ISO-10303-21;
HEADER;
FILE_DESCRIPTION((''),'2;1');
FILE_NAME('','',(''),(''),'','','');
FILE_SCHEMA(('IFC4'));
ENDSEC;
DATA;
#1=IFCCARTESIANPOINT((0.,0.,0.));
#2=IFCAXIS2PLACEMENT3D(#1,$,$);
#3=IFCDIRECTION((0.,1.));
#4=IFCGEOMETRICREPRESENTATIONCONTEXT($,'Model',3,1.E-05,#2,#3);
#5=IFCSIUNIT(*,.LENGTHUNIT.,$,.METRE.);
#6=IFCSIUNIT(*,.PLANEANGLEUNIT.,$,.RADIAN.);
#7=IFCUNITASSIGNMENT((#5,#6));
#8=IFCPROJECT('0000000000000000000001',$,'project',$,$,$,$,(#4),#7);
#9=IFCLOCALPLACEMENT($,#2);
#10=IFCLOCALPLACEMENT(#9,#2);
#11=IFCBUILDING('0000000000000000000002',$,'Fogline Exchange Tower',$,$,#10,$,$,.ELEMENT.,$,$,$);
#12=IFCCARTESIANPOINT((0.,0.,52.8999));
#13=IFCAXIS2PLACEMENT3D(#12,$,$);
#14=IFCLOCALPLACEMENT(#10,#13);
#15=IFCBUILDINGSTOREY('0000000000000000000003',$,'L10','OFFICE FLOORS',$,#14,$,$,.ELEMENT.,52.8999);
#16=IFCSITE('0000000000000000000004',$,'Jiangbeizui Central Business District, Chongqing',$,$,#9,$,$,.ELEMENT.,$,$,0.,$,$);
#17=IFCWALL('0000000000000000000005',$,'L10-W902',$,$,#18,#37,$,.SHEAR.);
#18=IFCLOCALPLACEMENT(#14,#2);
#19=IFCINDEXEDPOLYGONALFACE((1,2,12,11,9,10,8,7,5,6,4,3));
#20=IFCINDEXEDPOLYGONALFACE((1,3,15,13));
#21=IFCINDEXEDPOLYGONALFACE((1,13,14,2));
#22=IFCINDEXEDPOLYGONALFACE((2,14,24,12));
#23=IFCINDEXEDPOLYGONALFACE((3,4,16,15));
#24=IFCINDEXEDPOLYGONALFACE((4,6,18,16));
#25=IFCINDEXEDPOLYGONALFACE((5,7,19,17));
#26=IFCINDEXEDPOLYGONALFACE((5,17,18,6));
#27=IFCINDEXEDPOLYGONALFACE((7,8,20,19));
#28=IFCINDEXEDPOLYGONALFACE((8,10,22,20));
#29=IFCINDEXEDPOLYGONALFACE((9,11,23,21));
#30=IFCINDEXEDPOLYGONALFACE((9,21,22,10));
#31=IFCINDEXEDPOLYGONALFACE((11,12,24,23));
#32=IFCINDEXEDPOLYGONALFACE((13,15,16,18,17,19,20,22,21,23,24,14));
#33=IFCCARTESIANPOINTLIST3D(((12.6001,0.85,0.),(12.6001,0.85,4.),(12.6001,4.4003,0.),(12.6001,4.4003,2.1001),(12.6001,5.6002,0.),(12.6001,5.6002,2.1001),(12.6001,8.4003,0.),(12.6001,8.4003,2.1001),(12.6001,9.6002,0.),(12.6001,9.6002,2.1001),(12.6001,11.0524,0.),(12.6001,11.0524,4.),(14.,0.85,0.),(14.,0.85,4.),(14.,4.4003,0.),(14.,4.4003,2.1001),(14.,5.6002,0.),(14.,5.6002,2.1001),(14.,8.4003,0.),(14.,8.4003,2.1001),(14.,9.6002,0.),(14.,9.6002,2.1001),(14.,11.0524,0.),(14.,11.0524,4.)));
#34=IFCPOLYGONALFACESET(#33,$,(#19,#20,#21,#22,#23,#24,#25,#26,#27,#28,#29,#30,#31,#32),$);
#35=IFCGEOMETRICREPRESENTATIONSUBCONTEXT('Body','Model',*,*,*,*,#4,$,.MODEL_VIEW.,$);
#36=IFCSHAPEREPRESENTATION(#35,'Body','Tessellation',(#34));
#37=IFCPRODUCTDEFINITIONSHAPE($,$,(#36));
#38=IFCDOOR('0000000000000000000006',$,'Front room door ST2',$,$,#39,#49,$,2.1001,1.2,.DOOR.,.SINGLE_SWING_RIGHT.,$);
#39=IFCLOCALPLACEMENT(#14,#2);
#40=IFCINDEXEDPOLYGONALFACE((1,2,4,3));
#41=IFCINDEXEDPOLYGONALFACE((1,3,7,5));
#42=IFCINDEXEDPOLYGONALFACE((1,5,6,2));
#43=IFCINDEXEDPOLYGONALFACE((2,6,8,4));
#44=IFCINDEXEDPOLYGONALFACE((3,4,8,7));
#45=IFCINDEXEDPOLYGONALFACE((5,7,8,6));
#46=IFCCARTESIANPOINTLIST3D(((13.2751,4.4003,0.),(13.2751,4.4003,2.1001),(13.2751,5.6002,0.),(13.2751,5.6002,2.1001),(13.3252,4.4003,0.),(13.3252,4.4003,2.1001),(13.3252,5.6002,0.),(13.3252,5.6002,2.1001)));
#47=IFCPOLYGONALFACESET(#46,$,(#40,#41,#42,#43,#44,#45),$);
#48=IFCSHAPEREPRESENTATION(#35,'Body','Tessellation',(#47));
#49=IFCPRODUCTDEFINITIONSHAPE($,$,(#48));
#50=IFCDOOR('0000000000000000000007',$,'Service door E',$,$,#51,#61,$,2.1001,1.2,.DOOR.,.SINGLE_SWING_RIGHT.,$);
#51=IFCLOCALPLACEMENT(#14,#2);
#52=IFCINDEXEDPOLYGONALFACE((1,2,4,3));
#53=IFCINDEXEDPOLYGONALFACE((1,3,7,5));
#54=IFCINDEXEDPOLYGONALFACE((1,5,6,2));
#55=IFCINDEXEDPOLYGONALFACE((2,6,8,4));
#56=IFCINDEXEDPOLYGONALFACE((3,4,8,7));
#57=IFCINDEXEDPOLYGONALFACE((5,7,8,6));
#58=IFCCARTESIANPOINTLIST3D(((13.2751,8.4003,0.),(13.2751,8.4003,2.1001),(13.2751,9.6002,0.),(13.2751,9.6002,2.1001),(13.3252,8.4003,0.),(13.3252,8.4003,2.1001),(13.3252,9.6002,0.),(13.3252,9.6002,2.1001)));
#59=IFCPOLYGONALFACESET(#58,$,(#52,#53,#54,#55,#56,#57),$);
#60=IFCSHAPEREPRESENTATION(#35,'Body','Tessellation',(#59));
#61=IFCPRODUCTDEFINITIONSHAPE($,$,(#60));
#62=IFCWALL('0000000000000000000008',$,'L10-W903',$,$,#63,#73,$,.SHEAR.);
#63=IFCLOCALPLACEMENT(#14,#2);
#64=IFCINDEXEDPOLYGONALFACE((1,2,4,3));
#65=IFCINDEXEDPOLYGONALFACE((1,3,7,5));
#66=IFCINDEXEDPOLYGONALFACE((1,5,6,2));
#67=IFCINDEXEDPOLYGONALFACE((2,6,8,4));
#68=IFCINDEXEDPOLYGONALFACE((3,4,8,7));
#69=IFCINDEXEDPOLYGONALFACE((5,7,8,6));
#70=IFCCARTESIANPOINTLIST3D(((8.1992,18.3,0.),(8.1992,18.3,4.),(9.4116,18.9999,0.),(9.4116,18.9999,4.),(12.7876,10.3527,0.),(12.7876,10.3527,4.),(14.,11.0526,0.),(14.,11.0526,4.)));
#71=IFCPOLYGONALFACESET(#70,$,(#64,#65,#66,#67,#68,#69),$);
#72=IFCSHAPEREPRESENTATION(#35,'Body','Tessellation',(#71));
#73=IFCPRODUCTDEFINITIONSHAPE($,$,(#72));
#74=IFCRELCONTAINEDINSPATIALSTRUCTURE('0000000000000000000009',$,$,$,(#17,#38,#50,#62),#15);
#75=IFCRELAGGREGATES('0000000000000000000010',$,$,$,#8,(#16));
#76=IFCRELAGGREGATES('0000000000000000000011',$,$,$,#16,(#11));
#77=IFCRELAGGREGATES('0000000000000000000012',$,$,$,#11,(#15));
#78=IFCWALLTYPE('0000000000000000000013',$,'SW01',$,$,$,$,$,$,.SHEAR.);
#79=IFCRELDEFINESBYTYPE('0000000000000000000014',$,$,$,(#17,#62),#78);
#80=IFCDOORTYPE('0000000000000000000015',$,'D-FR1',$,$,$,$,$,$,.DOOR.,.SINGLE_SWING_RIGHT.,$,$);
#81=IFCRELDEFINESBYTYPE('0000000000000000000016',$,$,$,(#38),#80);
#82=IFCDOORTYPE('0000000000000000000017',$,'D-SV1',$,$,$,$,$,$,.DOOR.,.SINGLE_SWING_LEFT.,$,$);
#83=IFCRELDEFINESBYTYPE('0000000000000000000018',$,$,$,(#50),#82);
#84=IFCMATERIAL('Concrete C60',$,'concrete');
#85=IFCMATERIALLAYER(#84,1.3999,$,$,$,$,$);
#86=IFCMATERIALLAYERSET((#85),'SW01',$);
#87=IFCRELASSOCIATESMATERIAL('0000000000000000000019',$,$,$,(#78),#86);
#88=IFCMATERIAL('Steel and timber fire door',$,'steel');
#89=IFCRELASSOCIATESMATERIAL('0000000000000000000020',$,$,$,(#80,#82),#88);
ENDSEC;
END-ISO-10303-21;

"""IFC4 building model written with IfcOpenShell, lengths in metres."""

from ifc_helpers import new_model, si_unit, direction, frame, frame_2d, origin, place, context, subcontext, project, spatial, rectangle, extrude, material, layer, layer_set, type_object, element, fill, save


model = new_model("IFC4")

# Units and contexts
model_context = context("Model", 3, precision=1e-05, world=origin(), true_north=direction((0.0, 1.0)))
body_context = subcontext(model_context, "Body", "Model", "MODEL_VIEW")
ifc_project = project(units=[si_unit("LENGTHUNIT", "METRE"), si_unit("PLANEANGLEUNIT", "RADIAN")], contexts=[model_context])

# Site, building, storey
site_placement = place(None, origin())
site = spatial("IfcSite", under=ifc_project, at=site_placement, Name="Jiangbeizui Central Business District, Chongqing", CompositionType="ELEMENT", RefElevation=0.0)
building_placement = place(site_placement, origin())
building = spatial("IfcBuilding", under=site, at=building_placement, Name="Fogline Exchange Tower", CompositionType="ELEMENT")
storey_placement = place(building_placement, frame((0.0, 0.0, 52.8999)))
storey = spatial("IfcBuildingStorey", under=building, at=storey_placement, Name="L10", Description="OFFICE FLOORS", CompositionType="ELEMENT", Elevation=52.8999)

# Shared definitions
ifc_material_1 = material(Name="Steel and timber fire door", Category="steel")

# Wall, openings, doors
ifc_material_2 = material(Name="Concrete C60", Category="concrete")
ifc_layer_1 = layer(ifc_material_2, 1.3999)
ifc_layer_set_1 = layer_set([ifc_layer_1], Name="SW01")
wall_type_1 = type_object("IfcWallType", Name="SW01", PredefinedType="SHEAR", material=ifc_layer_set_1)
wall_1_placement = place(storey_placement, frame((13.3, 0.8501, 0.0), z_axis=(0.0, 0.0, 1.0), x_axis=(0.0, 1.0, 0.0)))
wall_1 = element("IfcWall", 1, at=wall_1_placement, inside=storey, type_object=wall_type_1, Name="L10-W902", PredefinedType="SHEAR", context=body_context, shape_type="SweptSolid", body=[
    extrude(rectangle(XDim=10.2024, YDim=1.3999, at=frame_2d((5.1011, 0.0))), origin(), (0.0, 0.0, 1.0), 4.0),
])
opening_1_placement = place(wall_1_placement, frame((3.55, 0.0, 0.0)))
opening_1 = element("IfcOpeningElement", 2, at=opening_1_placement, cuts=wall_1, PredefinedType="OPENING", context=body_context, shape_type="SweptSolid", body=[
    extrude(rectangle(XDim=1.2, YDim=2.1001, at=frame_2d((0.6001, 1.05))), frame((0.0, 0.71, 0.0), z_axis=(0.0, -1.0, 0.0), x_axis=(1.0, 0.0, 0.0)), (0.0, 0.0, 1.0), 1.4199),
])
opening_2_placement = place(wall_1_placement, frame((7.55, 0.0, 0.0)))
opening_2 = element("IfcOpeningElement", 3, at=opening_2_placement, cuts=wall_1, PredefinedType="OPENING", context=body_context, shape_type="SweptSolid", body=[
    extrude(rectangle(XDim=1.2, YDim=2.1001, at=frame_2d((0.6001, 1.05))), frame((0.0, 0.71, 0.0), z_axis=(0.0, -1.0, 0.0), x_axis=(1.0, 0.0, 0.0)), (0.0, 0.0, 1.0), 1.4199),
])
door_type_1 = type_object("IfcDoorType", Name="D-FR1", OperationType="SINGLE_SWING_RIGHT", PredefinedType="DOOR", material=ifc_material_1)
door_1_placement = place(opening_1_placement, origin())
door_1 = element("IfcDoor", 4, at=door_1_placement, inside=storey, type_object=door_type_1, Name="Front room door ST2", OperationType="SINGLE_SWING_RIGHT", OverallHeight=2.1001, OverallWidth=1.2, PredefinedType="DOOR", context=body_context, shape_type="SweptSolid", body=[
    extrude(rectangle(XDim=1.2, YDim=2.1001, at=frame_2d((0.6001, 1.05))), frame((0.0, 0.0249, 0.0), z_axis=(0.0, -1.0, 0.0), x_axis=(1.0, 0.0, 0.0)), (0.0, 0.0, 1.0), 0.05),
])
fill(opening_1, door_1)
door_type_2 = type_object("IfcDoorType", Name="D-SV1", OperationType="SINGLE_SWING_LEFT", PredefinedType="DOOR", material=ifc_material_1)
door_2_placement = place(opening_2_placement, origin())
door_2 = element("IfcDoor", 5, at=door_2_placement, inside=storey, type_object=door_type_2, Name="Service door E", OperationType="SINGLE_SWING_RIGHT", OverallHeight=2.1001, OverallWidth=1.2, PredefinedType="DOOR", context=body_context, shape_type="SweptSolid", body=[
    extrude(rectangle(XDim=1.2, YDim=2.1001, at=frame_2d((0.6001, 1.05))), frame((0.0, 0.0249, 0.0), z_axis=(0.0, -1.0, 0.0), x_axis=(1.0, 0.0, 0.0)), (0.0, 0.0, 1.0), 0.05),
])
fill(opening_2, door_2)

# Wall
wall_2_placement = place(storey_placement, frame((13.3938, 10.7026, 0.0), z_axis=(0.0, 0.0, 1.0), x_axis=(-0.500002, 0.866024, 0.0)))
element("IfcWall", 6, at=wall_2_placement, inside=storey, type_object=wall_type_1, Name="L10-W903", PredefinedType="SHEAR", context=body_context, shape_type="SweptSolid", body=[
    extrude(rectangle(XDim=9.1768, YDim=1.3999, at=frame_2d((4.5884, 0.0))), origin(), (0.0, 0.0, 1.0), 4.0),
])

save(model, "model.ifc")
